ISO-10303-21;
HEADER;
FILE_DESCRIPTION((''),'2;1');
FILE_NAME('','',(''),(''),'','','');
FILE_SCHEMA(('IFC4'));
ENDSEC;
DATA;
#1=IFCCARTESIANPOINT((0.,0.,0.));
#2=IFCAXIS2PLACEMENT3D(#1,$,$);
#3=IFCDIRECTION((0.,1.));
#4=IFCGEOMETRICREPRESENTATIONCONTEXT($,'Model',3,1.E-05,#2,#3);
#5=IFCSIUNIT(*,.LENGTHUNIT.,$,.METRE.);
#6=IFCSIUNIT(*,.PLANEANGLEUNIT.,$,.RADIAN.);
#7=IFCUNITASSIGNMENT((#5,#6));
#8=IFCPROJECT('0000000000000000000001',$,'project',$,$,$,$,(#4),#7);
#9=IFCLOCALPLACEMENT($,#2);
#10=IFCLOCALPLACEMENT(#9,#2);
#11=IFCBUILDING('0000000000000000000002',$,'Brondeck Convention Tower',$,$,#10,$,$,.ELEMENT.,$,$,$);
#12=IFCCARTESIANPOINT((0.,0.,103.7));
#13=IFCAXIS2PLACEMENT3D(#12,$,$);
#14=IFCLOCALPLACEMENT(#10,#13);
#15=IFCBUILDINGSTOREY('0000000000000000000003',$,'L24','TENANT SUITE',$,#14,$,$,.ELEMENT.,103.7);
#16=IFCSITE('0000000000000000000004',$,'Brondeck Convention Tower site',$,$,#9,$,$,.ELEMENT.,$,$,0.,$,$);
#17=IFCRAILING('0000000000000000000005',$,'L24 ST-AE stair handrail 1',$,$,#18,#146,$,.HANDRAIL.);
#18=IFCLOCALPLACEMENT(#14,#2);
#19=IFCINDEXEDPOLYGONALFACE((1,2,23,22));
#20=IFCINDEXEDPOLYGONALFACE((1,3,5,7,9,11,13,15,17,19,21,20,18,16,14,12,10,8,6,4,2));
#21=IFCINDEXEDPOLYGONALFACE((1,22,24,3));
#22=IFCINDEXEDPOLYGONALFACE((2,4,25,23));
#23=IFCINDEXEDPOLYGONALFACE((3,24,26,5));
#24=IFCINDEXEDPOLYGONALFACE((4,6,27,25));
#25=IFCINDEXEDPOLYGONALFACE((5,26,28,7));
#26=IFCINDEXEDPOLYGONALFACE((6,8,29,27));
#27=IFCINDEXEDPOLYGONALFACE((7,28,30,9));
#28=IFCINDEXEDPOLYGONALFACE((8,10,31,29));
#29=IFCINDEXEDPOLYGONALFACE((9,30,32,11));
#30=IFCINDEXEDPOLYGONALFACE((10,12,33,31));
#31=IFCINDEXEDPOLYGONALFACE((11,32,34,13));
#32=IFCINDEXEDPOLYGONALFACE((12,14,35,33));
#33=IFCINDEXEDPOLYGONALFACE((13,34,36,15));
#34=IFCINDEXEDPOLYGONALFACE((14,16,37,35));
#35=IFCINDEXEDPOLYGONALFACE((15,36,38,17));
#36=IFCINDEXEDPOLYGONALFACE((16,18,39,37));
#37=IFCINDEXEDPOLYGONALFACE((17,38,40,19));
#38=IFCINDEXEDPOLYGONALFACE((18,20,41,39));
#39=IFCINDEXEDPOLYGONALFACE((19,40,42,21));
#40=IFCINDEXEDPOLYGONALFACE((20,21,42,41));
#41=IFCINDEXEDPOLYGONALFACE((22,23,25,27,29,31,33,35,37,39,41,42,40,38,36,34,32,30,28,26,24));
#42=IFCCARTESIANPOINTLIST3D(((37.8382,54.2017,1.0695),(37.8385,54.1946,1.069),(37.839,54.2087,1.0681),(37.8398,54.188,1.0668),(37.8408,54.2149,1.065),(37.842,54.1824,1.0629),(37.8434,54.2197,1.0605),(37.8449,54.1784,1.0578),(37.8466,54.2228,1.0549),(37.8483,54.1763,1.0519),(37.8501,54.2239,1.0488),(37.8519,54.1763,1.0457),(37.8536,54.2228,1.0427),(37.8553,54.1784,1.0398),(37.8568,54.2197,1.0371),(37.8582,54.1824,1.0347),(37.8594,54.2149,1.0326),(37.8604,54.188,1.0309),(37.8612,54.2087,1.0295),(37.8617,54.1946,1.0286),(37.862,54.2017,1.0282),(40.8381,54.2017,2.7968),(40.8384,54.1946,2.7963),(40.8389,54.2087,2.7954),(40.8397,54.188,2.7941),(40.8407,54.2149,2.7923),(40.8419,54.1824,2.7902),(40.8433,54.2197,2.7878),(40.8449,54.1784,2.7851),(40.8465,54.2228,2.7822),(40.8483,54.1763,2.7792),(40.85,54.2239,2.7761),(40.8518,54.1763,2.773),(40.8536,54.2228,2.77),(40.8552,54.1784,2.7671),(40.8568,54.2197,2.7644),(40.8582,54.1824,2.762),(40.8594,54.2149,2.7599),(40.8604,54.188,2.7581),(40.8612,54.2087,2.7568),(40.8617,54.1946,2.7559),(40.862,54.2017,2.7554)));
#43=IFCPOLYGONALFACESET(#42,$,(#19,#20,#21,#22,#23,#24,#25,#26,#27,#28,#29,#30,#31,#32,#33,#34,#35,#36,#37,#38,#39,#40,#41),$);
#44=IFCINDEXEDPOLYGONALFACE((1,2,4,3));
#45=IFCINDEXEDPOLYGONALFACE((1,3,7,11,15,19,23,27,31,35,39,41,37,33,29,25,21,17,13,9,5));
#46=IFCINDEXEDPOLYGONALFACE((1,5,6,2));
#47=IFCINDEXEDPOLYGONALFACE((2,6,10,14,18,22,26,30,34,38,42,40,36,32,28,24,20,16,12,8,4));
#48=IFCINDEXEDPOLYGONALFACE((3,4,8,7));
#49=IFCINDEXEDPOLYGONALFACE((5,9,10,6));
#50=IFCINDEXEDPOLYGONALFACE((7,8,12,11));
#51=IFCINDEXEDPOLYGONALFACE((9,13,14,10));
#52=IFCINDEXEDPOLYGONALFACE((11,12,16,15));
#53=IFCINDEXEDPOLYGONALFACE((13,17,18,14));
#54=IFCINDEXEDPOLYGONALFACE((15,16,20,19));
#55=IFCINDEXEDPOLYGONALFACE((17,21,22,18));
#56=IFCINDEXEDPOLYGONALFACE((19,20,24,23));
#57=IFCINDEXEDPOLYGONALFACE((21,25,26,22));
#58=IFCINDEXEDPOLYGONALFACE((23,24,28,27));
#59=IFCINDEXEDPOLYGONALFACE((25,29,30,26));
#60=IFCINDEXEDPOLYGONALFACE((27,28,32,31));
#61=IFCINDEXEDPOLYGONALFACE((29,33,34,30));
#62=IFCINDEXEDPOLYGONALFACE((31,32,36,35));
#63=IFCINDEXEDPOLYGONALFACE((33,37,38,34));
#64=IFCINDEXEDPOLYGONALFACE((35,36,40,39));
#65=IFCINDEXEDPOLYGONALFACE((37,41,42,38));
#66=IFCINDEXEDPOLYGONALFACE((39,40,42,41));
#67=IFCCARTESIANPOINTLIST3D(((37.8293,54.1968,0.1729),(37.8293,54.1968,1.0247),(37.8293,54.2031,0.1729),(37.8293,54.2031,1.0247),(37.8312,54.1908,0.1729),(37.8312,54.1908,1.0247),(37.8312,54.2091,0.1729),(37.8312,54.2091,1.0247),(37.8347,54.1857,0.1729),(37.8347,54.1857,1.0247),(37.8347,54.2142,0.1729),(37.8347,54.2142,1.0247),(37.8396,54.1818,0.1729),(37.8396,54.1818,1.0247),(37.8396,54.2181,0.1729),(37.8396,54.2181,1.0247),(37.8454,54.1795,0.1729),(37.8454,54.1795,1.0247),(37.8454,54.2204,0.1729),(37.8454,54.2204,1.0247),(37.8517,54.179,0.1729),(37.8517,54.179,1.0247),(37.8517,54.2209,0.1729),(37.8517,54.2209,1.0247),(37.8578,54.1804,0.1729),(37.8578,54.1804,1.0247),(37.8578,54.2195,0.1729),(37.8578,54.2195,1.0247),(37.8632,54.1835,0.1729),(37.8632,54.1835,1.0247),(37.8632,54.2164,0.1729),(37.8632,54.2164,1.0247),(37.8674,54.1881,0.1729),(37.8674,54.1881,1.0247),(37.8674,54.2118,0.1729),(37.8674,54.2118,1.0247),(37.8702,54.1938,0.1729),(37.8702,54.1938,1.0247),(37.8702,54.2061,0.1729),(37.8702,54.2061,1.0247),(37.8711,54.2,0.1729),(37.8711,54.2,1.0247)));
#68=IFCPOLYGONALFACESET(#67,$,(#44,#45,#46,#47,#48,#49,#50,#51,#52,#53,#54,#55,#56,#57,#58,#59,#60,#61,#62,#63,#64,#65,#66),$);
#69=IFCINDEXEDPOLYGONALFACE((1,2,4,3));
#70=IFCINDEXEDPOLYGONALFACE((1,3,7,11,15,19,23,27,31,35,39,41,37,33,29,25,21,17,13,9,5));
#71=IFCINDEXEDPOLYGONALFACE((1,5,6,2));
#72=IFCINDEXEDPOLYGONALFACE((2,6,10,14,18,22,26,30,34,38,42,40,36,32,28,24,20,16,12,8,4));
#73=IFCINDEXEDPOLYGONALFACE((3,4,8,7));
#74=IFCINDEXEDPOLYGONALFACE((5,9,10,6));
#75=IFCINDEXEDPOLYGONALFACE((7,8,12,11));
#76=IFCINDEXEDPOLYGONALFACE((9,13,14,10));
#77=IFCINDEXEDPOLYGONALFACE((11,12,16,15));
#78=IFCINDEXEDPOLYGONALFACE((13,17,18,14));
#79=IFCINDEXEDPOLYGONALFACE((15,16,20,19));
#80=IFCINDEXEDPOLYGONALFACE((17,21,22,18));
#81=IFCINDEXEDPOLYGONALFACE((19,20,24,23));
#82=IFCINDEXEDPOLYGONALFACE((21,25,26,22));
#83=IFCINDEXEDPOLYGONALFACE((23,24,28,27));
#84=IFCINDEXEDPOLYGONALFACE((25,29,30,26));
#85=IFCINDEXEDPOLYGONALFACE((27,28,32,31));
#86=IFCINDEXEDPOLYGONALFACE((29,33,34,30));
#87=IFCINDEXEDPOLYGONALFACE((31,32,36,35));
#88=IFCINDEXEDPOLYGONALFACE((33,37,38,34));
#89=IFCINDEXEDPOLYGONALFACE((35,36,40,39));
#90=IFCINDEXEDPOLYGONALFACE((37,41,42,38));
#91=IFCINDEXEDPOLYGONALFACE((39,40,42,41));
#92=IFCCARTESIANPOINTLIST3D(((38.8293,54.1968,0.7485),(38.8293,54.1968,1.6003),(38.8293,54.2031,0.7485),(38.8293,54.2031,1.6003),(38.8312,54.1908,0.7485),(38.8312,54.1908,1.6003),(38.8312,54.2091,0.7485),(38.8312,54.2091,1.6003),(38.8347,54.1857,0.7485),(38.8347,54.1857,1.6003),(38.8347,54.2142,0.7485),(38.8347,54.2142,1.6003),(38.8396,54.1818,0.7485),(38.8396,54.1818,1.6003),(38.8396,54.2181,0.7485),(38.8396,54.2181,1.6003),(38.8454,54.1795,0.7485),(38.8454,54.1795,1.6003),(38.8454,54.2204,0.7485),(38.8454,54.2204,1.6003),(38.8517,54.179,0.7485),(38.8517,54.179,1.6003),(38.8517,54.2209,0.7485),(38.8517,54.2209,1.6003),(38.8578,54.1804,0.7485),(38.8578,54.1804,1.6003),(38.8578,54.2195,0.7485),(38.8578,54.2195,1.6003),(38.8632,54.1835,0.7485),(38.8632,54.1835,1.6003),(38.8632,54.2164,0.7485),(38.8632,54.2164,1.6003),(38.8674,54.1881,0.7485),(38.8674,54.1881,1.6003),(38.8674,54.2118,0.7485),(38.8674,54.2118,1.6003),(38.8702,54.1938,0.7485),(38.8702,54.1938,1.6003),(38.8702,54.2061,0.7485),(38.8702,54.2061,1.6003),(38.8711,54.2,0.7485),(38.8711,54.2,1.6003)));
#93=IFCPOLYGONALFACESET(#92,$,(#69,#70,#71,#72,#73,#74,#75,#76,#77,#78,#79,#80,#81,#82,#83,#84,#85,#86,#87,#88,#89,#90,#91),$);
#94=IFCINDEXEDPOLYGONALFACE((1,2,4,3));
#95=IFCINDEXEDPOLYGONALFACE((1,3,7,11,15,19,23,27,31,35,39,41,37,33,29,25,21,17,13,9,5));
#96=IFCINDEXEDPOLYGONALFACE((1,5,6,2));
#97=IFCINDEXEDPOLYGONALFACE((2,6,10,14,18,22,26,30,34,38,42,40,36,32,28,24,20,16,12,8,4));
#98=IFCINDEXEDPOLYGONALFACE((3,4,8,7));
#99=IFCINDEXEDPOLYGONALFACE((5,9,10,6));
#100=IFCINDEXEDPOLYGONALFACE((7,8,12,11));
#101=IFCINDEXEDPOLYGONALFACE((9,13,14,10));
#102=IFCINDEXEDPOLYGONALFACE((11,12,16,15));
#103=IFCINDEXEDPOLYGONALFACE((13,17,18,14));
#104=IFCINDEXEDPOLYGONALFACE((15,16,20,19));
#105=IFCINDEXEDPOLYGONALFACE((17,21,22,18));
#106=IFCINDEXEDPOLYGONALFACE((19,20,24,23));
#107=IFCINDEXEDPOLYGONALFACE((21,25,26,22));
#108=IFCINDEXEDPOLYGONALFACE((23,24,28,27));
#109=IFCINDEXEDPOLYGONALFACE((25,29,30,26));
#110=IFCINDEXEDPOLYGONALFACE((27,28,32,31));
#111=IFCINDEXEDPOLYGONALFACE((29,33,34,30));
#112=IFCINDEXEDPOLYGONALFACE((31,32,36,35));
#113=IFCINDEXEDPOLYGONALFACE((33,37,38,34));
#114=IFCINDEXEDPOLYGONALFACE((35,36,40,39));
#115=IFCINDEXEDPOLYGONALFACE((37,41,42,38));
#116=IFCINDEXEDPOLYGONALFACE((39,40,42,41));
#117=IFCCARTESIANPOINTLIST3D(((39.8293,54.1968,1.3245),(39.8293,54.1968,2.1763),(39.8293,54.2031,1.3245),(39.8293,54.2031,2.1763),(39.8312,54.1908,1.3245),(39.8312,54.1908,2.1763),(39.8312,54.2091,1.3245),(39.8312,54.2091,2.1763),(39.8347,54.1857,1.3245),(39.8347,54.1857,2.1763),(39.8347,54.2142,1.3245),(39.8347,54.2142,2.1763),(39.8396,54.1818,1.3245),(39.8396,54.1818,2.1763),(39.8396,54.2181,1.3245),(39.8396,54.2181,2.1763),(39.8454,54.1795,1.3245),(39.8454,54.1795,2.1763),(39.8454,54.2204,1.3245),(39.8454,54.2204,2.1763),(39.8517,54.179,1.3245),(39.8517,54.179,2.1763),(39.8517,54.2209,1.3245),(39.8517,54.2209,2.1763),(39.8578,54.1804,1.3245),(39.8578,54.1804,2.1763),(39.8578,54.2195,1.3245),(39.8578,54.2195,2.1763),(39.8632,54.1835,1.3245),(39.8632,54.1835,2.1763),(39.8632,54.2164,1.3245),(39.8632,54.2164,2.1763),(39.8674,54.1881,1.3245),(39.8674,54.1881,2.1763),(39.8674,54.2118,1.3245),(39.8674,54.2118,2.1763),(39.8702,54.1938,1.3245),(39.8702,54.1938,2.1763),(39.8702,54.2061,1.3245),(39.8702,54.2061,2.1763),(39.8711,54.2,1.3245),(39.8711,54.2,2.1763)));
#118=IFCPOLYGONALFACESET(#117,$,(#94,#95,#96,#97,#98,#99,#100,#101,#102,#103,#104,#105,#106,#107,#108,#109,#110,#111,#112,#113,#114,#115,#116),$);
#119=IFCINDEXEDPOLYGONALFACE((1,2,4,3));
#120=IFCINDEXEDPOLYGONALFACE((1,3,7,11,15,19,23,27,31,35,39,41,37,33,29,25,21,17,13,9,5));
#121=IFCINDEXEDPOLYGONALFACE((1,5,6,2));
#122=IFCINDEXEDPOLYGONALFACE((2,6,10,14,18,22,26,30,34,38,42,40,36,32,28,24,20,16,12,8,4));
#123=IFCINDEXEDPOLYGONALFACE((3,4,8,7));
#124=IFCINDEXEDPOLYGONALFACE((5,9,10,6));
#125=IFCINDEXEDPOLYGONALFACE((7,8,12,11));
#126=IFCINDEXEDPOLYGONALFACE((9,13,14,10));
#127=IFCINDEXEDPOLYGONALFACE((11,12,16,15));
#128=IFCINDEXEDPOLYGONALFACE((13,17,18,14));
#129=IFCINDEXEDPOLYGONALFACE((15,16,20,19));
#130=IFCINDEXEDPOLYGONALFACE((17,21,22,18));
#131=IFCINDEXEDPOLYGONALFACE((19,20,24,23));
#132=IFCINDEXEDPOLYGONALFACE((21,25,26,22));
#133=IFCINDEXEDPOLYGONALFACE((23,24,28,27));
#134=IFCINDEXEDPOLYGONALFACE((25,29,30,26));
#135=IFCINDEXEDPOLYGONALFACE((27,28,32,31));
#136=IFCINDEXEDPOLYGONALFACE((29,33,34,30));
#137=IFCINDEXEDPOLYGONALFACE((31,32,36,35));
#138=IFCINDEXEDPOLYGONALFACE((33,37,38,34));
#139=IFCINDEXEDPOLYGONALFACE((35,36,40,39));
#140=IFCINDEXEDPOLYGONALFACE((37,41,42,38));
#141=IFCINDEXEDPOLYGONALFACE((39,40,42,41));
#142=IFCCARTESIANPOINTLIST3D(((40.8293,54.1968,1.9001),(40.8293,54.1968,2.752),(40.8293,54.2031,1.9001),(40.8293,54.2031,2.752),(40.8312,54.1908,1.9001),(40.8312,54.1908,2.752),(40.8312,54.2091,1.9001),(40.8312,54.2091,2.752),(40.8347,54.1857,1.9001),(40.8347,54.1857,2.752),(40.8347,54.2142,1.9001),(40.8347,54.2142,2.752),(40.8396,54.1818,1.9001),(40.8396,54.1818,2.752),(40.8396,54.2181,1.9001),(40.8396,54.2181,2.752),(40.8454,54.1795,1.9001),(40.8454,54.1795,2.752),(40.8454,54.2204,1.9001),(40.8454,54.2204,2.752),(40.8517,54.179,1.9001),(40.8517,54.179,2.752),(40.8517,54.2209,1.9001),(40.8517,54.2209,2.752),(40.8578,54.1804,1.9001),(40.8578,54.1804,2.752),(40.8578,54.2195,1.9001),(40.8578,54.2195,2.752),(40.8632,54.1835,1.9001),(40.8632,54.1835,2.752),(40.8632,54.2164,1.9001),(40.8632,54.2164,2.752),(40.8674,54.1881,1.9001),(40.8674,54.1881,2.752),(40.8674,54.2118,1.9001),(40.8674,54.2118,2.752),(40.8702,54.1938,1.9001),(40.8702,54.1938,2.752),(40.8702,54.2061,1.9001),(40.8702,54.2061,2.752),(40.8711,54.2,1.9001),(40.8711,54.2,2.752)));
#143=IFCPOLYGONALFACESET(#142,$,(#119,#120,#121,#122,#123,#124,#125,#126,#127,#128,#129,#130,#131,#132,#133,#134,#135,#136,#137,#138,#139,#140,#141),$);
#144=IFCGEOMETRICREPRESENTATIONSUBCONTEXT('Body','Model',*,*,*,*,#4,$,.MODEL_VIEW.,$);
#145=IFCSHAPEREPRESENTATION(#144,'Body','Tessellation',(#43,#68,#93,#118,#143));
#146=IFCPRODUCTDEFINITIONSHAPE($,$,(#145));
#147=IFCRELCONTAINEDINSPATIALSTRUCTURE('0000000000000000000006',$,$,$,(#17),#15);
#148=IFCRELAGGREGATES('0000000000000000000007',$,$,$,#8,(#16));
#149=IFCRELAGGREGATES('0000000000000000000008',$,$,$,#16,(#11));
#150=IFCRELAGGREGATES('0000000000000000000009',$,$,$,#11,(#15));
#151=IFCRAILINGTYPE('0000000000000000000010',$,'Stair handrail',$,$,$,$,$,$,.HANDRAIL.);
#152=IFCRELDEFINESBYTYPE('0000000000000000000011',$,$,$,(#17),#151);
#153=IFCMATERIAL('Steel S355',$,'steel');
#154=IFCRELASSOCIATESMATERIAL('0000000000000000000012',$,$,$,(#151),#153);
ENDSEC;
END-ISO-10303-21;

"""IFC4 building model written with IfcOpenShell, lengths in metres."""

from ifc_helpers import new_model, si_unit, direction, frame, origin, origin_2d, place, context, subcontext, project, spatial, circle, extrude, material, type_object, element, save


model = new_model("IFC4")

# Units and contexts
model_context = context("Model", 3, precision=1e-05, world=origin(), true_north=direction((0.0, 1.0)))
body_context = subcontext(model_context, "Body", "Model", "MODEL_VIEW")
ifc_project = project(units=[si_unit("LENGTHUNIT", "METRE"), si_unit("PLANEANGLEUNIT", "RADIAN")], contexts=[model_context])

# Site, building, storey
site_placement = place(None, origin())
site = spatial("IfcSite", under=ifc_project, at=site_placement, Name="Brondeck Convention Tower site", CompositionType="ELEMENT", RefElevation=0.0)
building_placement = place(site_placement, origin())
building = spatial("IfcBuilding", under=site, at=building_placement, Name="Brondeck Convention Tower", CompositionType="ELEMENT")
storey_placement = place(building_placement, frame((0.0, 0.0, 103.7)))
storey = spatial("IfcBuildingStorey", under=building, at=storey_placement, Name="L24", Description="TENANT SUITE", CompositionType="ELEMENT", Elevation=103.7)

# Shared definitions
ifc_material_1 = material(Name="Steel S355", Category="steel")

# Railing
railing_type_1 = type_object("IfcRailingType", Name="Stair handrail", PredefinedType="HANDRAIL", material=ifc_material_1)
railing_1_placement = place(storey_placement, frame((37.8501, 54.2, 0.1729)))
element("IfcRailing", 1, at=railing_1_placement, inside=storey, type_object=railing_type_1, Name="L24 ST-AE stair handrail 1", PredefinedType="HANDRAIL", context=body_context, shape_type="SweptSolid", body=[
    extrude(circle(Radius=0.0239, at=origin_2d()), frame((0.0, 0.0, 0.876), z_axis=(0.86662, 0.0, 0.498969), x_axis=(0.0, 1.0, 0.0)), (0.0, 0.0, 1.0), 3.4617),
    extrude(circle(Radius=0.021, at=origin_2d()), origin(), (0.0, 0.0, 1.0), 0.8518),
    extrude(circle(Radius=0.021, at=origin_2d()), frame((1.0, 0.0, 0.5757)), (0.0, 0.0, 1.0), 0.8518),
    extrude(circle(Radius=0.021, at=origin_2d()), frame((2.0, 0.0, 1.1516)), (0.0, 0.0, 1.0), 0.8518),
    extrude(circle(Radius=0.021, at=origin_2d()), frame((3.0, 0.0, 1.7273)), (0.0, 0.0, 1.0), 0.8518),
])

save(model, "model.ifc")
